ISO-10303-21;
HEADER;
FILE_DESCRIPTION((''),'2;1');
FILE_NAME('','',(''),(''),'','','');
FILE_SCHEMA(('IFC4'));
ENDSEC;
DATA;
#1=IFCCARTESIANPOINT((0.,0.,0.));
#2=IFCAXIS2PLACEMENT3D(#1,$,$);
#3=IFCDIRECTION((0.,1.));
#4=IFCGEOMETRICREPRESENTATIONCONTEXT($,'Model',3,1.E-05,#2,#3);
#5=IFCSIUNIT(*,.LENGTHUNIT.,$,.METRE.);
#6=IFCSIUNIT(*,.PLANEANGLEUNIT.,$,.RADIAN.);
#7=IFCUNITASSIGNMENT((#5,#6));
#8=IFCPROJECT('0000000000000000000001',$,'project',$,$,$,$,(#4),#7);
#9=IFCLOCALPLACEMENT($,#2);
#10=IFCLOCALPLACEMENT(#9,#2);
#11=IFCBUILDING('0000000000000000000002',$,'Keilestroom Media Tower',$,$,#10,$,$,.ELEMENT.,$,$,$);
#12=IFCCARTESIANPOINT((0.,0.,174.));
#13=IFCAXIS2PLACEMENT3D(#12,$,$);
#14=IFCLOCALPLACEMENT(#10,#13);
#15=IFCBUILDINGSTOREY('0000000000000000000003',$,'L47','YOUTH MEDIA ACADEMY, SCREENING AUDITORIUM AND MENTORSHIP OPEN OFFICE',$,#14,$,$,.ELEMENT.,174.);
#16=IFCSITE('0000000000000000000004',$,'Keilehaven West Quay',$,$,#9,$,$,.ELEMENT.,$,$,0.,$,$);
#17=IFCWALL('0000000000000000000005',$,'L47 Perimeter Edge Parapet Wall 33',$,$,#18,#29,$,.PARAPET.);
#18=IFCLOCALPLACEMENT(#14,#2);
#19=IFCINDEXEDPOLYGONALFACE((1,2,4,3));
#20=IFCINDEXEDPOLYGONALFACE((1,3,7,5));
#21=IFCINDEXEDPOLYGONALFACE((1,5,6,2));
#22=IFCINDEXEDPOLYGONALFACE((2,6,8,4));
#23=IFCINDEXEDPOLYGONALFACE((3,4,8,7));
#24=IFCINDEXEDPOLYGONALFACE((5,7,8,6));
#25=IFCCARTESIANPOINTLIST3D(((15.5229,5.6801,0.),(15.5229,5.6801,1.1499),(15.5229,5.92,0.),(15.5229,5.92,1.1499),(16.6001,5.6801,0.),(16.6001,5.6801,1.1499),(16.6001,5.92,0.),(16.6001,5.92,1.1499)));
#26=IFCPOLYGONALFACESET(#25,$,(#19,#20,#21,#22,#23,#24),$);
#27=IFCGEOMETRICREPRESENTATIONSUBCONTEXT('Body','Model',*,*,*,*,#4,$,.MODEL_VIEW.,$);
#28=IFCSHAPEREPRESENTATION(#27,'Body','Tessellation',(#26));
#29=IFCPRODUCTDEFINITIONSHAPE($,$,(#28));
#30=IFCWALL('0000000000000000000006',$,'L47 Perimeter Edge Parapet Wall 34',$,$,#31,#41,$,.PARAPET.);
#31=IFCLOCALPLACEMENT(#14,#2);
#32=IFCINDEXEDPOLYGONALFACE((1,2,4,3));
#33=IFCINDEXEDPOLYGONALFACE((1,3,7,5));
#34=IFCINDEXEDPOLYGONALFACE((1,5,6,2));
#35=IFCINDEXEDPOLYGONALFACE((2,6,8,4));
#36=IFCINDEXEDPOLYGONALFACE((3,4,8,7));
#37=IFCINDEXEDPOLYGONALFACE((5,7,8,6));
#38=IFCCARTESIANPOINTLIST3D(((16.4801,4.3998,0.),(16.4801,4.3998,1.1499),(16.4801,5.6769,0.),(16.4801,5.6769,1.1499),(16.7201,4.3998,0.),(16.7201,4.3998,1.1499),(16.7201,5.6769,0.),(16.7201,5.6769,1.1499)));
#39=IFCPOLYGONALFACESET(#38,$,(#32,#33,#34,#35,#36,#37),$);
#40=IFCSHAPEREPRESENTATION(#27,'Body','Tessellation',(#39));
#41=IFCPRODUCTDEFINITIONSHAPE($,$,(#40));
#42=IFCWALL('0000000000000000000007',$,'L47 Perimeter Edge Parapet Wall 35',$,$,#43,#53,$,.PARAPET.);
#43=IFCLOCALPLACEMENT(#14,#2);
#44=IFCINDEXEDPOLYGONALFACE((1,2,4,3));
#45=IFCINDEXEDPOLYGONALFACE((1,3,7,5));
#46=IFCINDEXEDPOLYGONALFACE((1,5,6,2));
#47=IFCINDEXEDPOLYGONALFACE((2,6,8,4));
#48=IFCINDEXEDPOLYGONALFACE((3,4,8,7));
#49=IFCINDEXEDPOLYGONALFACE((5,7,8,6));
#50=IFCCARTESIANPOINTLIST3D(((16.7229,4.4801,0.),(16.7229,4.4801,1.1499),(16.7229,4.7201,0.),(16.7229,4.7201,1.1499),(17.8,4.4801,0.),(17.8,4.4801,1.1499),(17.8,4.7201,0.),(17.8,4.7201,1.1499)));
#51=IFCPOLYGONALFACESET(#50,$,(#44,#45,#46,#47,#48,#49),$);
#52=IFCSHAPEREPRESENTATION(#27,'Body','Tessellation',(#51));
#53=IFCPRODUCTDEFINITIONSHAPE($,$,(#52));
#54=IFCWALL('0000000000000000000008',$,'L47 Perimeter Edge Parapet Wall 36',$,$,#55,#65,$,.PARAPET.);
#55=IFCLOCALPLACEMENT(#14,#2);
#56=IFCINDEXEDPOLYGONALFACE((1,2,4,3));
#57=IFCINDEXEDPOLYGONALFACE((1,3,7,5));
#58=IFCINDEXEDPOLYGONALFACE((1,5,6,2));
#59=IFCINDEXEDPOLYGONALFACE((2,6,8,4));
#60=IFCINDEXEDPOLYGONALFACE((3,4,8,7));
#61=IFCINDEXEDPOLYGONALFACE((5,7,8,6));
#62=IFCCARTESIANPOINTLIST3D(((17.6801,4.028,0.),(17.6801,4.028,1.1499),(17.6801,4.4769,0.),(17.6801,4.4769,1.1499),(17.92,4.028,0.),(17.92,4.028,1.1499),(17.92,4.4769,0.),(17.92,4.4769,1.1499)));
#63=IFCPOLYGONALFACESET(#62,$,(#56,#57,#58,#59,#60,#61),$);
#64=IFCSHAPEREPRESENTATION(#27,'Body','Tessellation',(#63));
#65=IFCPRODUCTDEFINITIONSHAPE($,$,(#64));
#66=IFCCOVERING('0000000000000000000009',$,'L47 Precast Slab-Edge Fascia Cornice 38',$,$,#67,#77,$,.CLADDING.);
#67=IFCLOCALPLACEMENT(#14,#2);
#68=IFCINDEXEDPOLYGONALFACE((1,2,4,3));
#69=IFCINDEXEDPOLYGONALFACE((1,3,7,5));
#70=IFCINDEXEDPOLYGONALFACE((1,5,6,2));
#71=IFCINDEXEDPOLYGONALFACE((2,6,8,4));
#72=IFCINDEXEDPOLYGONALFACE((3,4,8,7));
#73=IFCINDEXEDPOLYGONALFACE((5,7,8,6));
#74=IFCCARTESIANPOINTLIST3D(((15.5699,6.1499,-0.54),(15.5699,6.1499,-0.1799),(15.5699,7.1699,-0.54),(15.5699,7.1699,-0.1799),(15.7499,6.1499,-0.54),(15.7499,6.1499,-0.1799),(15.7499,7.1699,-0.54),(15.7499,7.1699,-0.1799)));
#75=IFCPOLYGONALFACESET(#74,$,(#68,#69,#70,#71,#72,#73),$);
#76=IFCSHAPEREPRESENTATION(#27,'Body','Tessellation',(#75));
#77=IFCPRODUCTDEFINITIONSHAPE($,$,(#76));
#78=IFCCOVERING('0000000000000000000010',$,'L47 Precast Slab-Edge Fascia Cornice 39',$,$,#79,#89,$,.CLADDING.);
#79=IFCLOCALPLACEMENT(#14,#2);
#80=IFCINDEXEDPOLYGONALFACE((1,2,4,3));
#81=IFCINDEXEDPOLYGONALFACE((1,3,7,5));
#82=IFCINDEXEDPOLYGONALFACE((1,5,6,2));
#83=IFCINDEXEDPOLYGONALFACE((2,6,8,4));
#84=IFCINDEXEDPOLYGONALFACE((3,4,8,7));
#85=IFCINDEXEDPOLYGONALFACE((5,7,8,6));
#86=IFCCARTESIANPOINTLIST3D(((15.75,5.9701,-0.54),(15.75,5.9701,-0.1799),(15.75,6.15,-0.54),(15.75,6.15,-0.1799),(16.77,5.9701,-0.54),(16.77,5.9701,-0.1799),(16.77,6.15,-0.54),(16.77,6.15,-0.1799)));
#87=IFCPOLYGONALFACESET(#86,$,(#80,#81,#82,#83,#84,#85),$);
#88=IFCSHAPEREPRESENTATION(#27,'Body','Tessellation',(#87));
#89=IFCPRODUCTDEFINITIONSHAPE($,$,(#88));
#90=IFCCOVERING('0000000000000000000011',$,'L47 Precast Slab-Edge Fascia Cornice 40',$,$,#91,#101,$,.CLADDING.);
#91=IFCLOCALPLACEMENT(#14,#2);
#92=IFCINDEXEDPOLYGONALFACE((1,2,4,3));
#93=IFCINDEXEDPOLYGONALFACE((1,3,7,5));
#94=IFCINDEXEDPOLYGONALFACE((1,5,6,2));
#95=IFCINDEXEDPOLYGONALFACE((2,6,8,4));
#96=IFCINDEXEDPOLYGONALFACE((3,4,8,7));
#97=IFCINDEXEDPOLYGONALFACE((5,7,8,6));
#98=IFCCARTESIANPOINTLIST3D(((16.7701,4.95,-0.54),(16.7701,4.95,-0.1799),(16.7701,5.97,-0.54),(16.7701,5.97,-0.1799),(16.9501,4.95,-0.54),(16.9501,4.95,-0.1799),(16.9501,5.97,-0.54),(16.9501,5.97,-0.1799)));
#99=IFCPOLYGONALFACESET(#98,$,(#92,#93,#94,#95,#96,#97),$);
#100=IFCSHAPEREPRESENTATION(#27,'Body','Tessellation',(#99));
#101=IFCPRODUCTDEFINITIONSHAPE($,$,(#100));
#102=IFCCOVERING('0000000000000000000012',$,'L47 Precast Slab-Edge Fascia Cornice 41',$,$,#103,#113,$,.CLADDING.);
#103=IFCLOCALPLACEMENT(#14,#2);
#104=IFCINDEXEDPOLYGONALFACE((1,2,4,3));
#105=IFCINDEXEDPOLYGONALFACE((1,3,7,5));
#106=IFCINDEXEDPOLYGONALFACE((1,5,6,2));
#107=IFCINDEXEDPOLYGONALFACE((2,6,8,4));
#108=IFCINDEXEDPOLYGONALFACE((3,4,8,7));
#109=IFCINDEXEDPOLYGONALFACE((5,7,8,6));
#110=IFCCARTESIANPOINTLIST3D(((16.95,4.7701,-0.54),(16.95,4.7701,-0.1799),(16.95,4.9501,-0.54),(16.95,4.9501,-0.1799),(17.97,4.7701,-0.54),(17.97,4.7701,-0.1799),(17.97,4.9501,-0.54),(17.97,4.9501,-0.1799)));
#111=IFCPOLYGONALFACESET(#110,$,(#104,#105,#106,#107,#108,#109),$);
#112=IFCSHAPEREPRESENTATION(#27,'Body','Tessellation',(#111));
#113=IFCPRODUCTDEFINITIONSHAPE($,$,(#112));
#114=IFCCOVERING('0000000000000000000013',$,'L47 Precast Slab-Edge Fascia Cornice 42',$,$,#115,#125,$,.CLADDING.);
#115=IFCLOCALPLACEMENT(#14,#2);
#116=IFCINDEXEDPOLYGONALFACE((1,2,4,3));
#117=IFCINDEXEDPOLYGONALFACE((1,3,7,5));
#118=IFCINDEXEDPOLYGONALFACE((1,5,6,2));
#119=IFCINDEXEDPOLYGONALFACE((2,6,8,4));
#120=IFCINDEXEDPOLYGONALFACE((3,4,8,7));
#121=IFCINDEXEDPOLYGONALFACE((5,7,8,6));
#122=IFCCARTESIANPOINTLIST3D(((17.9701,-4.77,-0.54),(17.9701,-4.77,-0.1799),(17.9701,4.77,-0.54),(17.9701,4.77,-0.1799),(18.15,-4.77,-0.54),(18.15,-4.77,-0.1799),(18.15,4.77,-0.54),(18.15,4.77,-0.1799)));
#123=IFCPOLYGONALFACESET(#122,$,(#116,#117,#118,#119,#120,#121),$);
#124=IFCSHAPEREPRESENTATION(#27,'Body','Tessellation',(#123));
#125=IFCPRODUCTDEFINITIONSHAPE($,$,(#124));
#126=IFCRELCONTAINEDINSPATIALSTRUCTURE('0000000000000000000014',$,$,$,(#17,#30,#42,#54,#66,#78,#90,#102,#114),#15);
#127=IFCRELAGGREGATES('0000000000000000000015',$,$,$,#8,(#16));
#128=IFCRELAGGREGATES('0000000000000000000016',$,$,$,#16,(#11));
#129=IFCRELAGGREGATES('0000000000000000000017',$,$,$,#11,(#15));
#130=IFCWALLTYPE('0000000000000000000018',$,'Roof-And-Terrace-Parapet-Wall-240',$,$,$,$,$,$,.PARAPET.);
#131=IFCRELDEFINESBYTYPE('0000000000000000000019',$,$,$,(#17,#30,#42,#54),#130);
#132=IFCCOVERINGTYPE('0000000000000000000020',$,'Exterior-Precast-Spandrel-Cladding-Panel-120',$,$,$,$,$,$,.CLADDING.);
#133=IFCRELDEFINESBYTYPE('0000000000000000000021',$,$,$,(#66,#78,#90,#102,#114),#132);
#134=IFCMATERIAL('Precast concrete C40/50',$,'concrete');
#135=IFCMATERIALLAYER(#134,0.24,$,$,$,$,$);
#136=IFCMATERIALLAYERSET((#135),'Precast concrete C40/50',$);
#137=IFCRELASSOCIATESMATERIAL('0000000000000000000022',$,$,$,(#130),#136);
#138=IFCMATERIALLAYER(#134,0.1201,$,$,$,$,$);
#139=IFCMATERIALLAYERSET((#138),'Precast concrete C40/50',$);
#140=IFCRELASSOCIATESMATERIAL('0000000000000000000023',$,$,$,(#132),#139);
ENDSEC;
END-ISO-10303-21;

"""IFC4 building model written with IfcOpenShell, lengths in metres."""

from ifc_helpers import new_model, si_unit, direction, frame, frame_2d, origin, origin_2d, place, context, subcontext, project, spatial, rectangle, extrude, source, transform, mapped, material, layer, layer_set, type_object, element, save


model = new_model("IFC4")

# Units and contexts
model_context = context("Model", 3, precision=1e-05, world=origin(), true_north=direction((0.0, 1.0)))
body_context = subcontext(model_context, "Body", "Model", "MODEL_VIEW")
ifc_project = project(units=[si_unit("LENGTHUNIT", "METRE"), si_unit("PLANEANGLEUNIT", "RADIAN")], contexts=[model_context])

# Site, building, storey
site_placement = place(None, origin())
site = spatial("IfcSite", under=ifc_project, at=site_placement, Name="Keilehaven West Quay", CompositionType="ELEMENT", RefElevation=0.0)
building_placement = place(site_placement, origin())
building = spatial("IfcBuilding", under=site, at=building_placement, Name="Keilestroom Media Tower", CompositionType="ELEMENT")
storey_placement = place(building_placement, frame((0.0, 0.0, 174.0)))
storey = spatial("IfcBuildingStorey", under=building, at=storey_placement, Name="L47", Description="YOUTH MEDIA ACADEMY, SCREENING AUDITORIUM AND MENTORSHIP OPEN OFFICE", CompositionType="ELEMENT", Elevation=174.0)

# Shared definitions
ifc_material_1 = material(Name="Precast concrete C40/50", Category="concrete")

# Walls
ifc_layer_1 = layer(ifc_material_1, 0.24)
ifc_layer_set_1 = layer_set([ifc_layer_1], Name="Precast concrete C40/50")
wall_type_1 = type_object("IfcWallType", Name="Roof-And-Terrace-Parapet-Wall-240", PredefinedType="PARAPET", material=ifc_layer_set_1)
wall_1_placement = place(storey_placement, frame((15.5229, 5.8, 0.0), z_axis=(0.0, 0.0, 1.0), x_axis=(1.0, 0.0, 0.0)))
element("IfcWall", 1, at=wall_1_placement, inside=storey, type_object=wall_type_1, Name="L47 Perimeter Edge Parapet Wall 33", PredefinedType="PARAPET", context=body_context, shape_type="SweptSolid", body=[
    extrude(rectangle(XDim=1.0771, YDim=0.24, at=frame_2d((0.5386, 0.0))), origin(), (0.0, 0.0, 1.0), 1.1499),
])
wall_2_placement = place(storey_placement, frame((16.6001, 5.677, 0.0), z_axis=(0.0, 0.0, 1.0), x_axis=(0.0, -1.0, 0.0)))
element("IfcWall", 2, at=wall_2_placement, inside=storey, type_object=wall_type_1, Name="L47 Perimeter Edge Parapet Wall 34", PredefinedType="PARAPET", context=body_context, shape_type="SweptSolid", body=[
    extrude(rectangle(XDim=1.2771, YDim=0.24, at=frame_2d((0.6387, 0.0))), origin(), (0.0, 0.0, 1.0), 1.1499),
])
wall_3_placement = place(storey_placement, frame((16.7229, 4.6001, 0.0), z_axis=(0.0, 0.0, 1.0), x_axis=(1.0, 0.0, 0.0)))
element("IfcWall", 3, at=wall_3_placement, inside=storey, type_object=wall_type_1, Name="L47 Perimeter Edge Parapet Wall 35", PredefinedType="PARAPET", context=body_context, shape_type="SweptSolid", body=[
    extrude(rectangle(XDim=1.0771, YDim=0.24, at=frame_2d((0.5386, 0.0))), origin(), (0.0, 0.0, 1.0), 1.1499),
])
wall_4_placement = place(storey_placement, frame((17.8, 4.4771, 0.0), z_axis=(0.0, 0.0, 1.0), x_axis=(0.0, -1.0, 0.0)))
element("IfcWall", 4, at=wall_4_placement, inside=storey, type_object=wall_type_1, Name="L47 Perimeter Edge Parapet Wall 36", PredefinedType="PARAPET", context=body_context, shape_type="SweptSolid", body=[
    extrude(rectangle(XDim=0.449, YDim=0.24, at=frame_2d((0.2246, 0.0))), origin(), (0.0, 0.0, 1.0), 1.1499),
])

# Coverings
ifc_layer_2 = layer(ifc_material_1, 0.1201)
ifc_layer_set_2 = layer_set([ifc_layer_2], Name="Precast concrete C40/50")
covering_type = type_object("IfcCoveringType", Name="Exterior-Precast-Spandrel-Cladding-Panel-120", PredefinedType="CLADDING", material=ifc_layer_set_2)
shared_shape_1 = source(origin(), body_context, "Body", "SweptSolid", [
    extrude(rectangle(XDim=1.02, YDim=0.1799, at=origin_2d()), origin(), (0.0, 0.0, 1.0), 0.3601),
])
for number, where, z_axis, x_axis, name in (
    (5, (15.6599, 6.6599, -0.54), (0.0, 0.0, 1.0), (0.0, -1.0, 0.0), "L47 Precast Slab-Edge Fascia Cornice 38"),
    (6, (16.26, 6.0601, -0.54), (0.0, 0.0, 1.0), (1.0, 0.0, 0.0), "L47 Precast Slab-Edge Fascia Cornice 39"),
    (7, (16.8601, 5.46, -0.54), (0.0, 0.0, 1.0), (0.0, -1.0, 0.0), "L47 Precast Slab-Edge Fascia Cornice 40"),
    (8, (17.46, 4.8601, -0.54), (0.0, 0.0, 1.0), (1.0, 0.0, 0.0), "L47 Precast Slab-Edge Fascia Cornice 41"),
):
    element("IfcCovering", number, at=place(storey_placement, frame(where, z_axis=z_axis, x_axis=x_axis)), inside=storey, type_object=covering_type, Name=name, PredefinedType="CLADDING", context=body_context, shape_type="MappedRepresentation", body=[
        mapped(shared_shape_1, transform((0.0, 0.0, 0.0), x_axis=(1.0, 0.0, 0.0), y_axis=(0.0, 1.0, 0.0), z_axis=(0.0, 0.0, 1.0), scale=1.0)),
    ])
shared_shape_2 = source(origin(), body_context, "Body", "SweptSolid", [
    extrude(rectangle(XDim=9.54, YDim=0.1799, at=origin_2d()), origin(), (0.0, 0.0, 1.0), 0.3601),
])
covering_placement = place(storey_placement, frame((18.0601, 0.0, -0.54), z_axis=(0.0, 0.0, 1.0), x_axis=(0.0, -1.0, 0.0)))
element("IfcCovering", 9, at=covering_placement, inside=storey, type_object=covering_type, Name="L47 Precast Slab-Edge Fascia Cornice 42", PredefinedType="CLADDING", context=body_context, shape_type="MappedRepresentation", body=[
    mapped(shared_shape_2, transform((0.0, 0.0, 0.0), x_axis=(1.0, 0.0, 0.0), y_axis=(0.0, 1.0, 0.0), z_axis=(0.0, 0.0, 1.0), scale=1.0)),
])

save(model, "model.ifc")
